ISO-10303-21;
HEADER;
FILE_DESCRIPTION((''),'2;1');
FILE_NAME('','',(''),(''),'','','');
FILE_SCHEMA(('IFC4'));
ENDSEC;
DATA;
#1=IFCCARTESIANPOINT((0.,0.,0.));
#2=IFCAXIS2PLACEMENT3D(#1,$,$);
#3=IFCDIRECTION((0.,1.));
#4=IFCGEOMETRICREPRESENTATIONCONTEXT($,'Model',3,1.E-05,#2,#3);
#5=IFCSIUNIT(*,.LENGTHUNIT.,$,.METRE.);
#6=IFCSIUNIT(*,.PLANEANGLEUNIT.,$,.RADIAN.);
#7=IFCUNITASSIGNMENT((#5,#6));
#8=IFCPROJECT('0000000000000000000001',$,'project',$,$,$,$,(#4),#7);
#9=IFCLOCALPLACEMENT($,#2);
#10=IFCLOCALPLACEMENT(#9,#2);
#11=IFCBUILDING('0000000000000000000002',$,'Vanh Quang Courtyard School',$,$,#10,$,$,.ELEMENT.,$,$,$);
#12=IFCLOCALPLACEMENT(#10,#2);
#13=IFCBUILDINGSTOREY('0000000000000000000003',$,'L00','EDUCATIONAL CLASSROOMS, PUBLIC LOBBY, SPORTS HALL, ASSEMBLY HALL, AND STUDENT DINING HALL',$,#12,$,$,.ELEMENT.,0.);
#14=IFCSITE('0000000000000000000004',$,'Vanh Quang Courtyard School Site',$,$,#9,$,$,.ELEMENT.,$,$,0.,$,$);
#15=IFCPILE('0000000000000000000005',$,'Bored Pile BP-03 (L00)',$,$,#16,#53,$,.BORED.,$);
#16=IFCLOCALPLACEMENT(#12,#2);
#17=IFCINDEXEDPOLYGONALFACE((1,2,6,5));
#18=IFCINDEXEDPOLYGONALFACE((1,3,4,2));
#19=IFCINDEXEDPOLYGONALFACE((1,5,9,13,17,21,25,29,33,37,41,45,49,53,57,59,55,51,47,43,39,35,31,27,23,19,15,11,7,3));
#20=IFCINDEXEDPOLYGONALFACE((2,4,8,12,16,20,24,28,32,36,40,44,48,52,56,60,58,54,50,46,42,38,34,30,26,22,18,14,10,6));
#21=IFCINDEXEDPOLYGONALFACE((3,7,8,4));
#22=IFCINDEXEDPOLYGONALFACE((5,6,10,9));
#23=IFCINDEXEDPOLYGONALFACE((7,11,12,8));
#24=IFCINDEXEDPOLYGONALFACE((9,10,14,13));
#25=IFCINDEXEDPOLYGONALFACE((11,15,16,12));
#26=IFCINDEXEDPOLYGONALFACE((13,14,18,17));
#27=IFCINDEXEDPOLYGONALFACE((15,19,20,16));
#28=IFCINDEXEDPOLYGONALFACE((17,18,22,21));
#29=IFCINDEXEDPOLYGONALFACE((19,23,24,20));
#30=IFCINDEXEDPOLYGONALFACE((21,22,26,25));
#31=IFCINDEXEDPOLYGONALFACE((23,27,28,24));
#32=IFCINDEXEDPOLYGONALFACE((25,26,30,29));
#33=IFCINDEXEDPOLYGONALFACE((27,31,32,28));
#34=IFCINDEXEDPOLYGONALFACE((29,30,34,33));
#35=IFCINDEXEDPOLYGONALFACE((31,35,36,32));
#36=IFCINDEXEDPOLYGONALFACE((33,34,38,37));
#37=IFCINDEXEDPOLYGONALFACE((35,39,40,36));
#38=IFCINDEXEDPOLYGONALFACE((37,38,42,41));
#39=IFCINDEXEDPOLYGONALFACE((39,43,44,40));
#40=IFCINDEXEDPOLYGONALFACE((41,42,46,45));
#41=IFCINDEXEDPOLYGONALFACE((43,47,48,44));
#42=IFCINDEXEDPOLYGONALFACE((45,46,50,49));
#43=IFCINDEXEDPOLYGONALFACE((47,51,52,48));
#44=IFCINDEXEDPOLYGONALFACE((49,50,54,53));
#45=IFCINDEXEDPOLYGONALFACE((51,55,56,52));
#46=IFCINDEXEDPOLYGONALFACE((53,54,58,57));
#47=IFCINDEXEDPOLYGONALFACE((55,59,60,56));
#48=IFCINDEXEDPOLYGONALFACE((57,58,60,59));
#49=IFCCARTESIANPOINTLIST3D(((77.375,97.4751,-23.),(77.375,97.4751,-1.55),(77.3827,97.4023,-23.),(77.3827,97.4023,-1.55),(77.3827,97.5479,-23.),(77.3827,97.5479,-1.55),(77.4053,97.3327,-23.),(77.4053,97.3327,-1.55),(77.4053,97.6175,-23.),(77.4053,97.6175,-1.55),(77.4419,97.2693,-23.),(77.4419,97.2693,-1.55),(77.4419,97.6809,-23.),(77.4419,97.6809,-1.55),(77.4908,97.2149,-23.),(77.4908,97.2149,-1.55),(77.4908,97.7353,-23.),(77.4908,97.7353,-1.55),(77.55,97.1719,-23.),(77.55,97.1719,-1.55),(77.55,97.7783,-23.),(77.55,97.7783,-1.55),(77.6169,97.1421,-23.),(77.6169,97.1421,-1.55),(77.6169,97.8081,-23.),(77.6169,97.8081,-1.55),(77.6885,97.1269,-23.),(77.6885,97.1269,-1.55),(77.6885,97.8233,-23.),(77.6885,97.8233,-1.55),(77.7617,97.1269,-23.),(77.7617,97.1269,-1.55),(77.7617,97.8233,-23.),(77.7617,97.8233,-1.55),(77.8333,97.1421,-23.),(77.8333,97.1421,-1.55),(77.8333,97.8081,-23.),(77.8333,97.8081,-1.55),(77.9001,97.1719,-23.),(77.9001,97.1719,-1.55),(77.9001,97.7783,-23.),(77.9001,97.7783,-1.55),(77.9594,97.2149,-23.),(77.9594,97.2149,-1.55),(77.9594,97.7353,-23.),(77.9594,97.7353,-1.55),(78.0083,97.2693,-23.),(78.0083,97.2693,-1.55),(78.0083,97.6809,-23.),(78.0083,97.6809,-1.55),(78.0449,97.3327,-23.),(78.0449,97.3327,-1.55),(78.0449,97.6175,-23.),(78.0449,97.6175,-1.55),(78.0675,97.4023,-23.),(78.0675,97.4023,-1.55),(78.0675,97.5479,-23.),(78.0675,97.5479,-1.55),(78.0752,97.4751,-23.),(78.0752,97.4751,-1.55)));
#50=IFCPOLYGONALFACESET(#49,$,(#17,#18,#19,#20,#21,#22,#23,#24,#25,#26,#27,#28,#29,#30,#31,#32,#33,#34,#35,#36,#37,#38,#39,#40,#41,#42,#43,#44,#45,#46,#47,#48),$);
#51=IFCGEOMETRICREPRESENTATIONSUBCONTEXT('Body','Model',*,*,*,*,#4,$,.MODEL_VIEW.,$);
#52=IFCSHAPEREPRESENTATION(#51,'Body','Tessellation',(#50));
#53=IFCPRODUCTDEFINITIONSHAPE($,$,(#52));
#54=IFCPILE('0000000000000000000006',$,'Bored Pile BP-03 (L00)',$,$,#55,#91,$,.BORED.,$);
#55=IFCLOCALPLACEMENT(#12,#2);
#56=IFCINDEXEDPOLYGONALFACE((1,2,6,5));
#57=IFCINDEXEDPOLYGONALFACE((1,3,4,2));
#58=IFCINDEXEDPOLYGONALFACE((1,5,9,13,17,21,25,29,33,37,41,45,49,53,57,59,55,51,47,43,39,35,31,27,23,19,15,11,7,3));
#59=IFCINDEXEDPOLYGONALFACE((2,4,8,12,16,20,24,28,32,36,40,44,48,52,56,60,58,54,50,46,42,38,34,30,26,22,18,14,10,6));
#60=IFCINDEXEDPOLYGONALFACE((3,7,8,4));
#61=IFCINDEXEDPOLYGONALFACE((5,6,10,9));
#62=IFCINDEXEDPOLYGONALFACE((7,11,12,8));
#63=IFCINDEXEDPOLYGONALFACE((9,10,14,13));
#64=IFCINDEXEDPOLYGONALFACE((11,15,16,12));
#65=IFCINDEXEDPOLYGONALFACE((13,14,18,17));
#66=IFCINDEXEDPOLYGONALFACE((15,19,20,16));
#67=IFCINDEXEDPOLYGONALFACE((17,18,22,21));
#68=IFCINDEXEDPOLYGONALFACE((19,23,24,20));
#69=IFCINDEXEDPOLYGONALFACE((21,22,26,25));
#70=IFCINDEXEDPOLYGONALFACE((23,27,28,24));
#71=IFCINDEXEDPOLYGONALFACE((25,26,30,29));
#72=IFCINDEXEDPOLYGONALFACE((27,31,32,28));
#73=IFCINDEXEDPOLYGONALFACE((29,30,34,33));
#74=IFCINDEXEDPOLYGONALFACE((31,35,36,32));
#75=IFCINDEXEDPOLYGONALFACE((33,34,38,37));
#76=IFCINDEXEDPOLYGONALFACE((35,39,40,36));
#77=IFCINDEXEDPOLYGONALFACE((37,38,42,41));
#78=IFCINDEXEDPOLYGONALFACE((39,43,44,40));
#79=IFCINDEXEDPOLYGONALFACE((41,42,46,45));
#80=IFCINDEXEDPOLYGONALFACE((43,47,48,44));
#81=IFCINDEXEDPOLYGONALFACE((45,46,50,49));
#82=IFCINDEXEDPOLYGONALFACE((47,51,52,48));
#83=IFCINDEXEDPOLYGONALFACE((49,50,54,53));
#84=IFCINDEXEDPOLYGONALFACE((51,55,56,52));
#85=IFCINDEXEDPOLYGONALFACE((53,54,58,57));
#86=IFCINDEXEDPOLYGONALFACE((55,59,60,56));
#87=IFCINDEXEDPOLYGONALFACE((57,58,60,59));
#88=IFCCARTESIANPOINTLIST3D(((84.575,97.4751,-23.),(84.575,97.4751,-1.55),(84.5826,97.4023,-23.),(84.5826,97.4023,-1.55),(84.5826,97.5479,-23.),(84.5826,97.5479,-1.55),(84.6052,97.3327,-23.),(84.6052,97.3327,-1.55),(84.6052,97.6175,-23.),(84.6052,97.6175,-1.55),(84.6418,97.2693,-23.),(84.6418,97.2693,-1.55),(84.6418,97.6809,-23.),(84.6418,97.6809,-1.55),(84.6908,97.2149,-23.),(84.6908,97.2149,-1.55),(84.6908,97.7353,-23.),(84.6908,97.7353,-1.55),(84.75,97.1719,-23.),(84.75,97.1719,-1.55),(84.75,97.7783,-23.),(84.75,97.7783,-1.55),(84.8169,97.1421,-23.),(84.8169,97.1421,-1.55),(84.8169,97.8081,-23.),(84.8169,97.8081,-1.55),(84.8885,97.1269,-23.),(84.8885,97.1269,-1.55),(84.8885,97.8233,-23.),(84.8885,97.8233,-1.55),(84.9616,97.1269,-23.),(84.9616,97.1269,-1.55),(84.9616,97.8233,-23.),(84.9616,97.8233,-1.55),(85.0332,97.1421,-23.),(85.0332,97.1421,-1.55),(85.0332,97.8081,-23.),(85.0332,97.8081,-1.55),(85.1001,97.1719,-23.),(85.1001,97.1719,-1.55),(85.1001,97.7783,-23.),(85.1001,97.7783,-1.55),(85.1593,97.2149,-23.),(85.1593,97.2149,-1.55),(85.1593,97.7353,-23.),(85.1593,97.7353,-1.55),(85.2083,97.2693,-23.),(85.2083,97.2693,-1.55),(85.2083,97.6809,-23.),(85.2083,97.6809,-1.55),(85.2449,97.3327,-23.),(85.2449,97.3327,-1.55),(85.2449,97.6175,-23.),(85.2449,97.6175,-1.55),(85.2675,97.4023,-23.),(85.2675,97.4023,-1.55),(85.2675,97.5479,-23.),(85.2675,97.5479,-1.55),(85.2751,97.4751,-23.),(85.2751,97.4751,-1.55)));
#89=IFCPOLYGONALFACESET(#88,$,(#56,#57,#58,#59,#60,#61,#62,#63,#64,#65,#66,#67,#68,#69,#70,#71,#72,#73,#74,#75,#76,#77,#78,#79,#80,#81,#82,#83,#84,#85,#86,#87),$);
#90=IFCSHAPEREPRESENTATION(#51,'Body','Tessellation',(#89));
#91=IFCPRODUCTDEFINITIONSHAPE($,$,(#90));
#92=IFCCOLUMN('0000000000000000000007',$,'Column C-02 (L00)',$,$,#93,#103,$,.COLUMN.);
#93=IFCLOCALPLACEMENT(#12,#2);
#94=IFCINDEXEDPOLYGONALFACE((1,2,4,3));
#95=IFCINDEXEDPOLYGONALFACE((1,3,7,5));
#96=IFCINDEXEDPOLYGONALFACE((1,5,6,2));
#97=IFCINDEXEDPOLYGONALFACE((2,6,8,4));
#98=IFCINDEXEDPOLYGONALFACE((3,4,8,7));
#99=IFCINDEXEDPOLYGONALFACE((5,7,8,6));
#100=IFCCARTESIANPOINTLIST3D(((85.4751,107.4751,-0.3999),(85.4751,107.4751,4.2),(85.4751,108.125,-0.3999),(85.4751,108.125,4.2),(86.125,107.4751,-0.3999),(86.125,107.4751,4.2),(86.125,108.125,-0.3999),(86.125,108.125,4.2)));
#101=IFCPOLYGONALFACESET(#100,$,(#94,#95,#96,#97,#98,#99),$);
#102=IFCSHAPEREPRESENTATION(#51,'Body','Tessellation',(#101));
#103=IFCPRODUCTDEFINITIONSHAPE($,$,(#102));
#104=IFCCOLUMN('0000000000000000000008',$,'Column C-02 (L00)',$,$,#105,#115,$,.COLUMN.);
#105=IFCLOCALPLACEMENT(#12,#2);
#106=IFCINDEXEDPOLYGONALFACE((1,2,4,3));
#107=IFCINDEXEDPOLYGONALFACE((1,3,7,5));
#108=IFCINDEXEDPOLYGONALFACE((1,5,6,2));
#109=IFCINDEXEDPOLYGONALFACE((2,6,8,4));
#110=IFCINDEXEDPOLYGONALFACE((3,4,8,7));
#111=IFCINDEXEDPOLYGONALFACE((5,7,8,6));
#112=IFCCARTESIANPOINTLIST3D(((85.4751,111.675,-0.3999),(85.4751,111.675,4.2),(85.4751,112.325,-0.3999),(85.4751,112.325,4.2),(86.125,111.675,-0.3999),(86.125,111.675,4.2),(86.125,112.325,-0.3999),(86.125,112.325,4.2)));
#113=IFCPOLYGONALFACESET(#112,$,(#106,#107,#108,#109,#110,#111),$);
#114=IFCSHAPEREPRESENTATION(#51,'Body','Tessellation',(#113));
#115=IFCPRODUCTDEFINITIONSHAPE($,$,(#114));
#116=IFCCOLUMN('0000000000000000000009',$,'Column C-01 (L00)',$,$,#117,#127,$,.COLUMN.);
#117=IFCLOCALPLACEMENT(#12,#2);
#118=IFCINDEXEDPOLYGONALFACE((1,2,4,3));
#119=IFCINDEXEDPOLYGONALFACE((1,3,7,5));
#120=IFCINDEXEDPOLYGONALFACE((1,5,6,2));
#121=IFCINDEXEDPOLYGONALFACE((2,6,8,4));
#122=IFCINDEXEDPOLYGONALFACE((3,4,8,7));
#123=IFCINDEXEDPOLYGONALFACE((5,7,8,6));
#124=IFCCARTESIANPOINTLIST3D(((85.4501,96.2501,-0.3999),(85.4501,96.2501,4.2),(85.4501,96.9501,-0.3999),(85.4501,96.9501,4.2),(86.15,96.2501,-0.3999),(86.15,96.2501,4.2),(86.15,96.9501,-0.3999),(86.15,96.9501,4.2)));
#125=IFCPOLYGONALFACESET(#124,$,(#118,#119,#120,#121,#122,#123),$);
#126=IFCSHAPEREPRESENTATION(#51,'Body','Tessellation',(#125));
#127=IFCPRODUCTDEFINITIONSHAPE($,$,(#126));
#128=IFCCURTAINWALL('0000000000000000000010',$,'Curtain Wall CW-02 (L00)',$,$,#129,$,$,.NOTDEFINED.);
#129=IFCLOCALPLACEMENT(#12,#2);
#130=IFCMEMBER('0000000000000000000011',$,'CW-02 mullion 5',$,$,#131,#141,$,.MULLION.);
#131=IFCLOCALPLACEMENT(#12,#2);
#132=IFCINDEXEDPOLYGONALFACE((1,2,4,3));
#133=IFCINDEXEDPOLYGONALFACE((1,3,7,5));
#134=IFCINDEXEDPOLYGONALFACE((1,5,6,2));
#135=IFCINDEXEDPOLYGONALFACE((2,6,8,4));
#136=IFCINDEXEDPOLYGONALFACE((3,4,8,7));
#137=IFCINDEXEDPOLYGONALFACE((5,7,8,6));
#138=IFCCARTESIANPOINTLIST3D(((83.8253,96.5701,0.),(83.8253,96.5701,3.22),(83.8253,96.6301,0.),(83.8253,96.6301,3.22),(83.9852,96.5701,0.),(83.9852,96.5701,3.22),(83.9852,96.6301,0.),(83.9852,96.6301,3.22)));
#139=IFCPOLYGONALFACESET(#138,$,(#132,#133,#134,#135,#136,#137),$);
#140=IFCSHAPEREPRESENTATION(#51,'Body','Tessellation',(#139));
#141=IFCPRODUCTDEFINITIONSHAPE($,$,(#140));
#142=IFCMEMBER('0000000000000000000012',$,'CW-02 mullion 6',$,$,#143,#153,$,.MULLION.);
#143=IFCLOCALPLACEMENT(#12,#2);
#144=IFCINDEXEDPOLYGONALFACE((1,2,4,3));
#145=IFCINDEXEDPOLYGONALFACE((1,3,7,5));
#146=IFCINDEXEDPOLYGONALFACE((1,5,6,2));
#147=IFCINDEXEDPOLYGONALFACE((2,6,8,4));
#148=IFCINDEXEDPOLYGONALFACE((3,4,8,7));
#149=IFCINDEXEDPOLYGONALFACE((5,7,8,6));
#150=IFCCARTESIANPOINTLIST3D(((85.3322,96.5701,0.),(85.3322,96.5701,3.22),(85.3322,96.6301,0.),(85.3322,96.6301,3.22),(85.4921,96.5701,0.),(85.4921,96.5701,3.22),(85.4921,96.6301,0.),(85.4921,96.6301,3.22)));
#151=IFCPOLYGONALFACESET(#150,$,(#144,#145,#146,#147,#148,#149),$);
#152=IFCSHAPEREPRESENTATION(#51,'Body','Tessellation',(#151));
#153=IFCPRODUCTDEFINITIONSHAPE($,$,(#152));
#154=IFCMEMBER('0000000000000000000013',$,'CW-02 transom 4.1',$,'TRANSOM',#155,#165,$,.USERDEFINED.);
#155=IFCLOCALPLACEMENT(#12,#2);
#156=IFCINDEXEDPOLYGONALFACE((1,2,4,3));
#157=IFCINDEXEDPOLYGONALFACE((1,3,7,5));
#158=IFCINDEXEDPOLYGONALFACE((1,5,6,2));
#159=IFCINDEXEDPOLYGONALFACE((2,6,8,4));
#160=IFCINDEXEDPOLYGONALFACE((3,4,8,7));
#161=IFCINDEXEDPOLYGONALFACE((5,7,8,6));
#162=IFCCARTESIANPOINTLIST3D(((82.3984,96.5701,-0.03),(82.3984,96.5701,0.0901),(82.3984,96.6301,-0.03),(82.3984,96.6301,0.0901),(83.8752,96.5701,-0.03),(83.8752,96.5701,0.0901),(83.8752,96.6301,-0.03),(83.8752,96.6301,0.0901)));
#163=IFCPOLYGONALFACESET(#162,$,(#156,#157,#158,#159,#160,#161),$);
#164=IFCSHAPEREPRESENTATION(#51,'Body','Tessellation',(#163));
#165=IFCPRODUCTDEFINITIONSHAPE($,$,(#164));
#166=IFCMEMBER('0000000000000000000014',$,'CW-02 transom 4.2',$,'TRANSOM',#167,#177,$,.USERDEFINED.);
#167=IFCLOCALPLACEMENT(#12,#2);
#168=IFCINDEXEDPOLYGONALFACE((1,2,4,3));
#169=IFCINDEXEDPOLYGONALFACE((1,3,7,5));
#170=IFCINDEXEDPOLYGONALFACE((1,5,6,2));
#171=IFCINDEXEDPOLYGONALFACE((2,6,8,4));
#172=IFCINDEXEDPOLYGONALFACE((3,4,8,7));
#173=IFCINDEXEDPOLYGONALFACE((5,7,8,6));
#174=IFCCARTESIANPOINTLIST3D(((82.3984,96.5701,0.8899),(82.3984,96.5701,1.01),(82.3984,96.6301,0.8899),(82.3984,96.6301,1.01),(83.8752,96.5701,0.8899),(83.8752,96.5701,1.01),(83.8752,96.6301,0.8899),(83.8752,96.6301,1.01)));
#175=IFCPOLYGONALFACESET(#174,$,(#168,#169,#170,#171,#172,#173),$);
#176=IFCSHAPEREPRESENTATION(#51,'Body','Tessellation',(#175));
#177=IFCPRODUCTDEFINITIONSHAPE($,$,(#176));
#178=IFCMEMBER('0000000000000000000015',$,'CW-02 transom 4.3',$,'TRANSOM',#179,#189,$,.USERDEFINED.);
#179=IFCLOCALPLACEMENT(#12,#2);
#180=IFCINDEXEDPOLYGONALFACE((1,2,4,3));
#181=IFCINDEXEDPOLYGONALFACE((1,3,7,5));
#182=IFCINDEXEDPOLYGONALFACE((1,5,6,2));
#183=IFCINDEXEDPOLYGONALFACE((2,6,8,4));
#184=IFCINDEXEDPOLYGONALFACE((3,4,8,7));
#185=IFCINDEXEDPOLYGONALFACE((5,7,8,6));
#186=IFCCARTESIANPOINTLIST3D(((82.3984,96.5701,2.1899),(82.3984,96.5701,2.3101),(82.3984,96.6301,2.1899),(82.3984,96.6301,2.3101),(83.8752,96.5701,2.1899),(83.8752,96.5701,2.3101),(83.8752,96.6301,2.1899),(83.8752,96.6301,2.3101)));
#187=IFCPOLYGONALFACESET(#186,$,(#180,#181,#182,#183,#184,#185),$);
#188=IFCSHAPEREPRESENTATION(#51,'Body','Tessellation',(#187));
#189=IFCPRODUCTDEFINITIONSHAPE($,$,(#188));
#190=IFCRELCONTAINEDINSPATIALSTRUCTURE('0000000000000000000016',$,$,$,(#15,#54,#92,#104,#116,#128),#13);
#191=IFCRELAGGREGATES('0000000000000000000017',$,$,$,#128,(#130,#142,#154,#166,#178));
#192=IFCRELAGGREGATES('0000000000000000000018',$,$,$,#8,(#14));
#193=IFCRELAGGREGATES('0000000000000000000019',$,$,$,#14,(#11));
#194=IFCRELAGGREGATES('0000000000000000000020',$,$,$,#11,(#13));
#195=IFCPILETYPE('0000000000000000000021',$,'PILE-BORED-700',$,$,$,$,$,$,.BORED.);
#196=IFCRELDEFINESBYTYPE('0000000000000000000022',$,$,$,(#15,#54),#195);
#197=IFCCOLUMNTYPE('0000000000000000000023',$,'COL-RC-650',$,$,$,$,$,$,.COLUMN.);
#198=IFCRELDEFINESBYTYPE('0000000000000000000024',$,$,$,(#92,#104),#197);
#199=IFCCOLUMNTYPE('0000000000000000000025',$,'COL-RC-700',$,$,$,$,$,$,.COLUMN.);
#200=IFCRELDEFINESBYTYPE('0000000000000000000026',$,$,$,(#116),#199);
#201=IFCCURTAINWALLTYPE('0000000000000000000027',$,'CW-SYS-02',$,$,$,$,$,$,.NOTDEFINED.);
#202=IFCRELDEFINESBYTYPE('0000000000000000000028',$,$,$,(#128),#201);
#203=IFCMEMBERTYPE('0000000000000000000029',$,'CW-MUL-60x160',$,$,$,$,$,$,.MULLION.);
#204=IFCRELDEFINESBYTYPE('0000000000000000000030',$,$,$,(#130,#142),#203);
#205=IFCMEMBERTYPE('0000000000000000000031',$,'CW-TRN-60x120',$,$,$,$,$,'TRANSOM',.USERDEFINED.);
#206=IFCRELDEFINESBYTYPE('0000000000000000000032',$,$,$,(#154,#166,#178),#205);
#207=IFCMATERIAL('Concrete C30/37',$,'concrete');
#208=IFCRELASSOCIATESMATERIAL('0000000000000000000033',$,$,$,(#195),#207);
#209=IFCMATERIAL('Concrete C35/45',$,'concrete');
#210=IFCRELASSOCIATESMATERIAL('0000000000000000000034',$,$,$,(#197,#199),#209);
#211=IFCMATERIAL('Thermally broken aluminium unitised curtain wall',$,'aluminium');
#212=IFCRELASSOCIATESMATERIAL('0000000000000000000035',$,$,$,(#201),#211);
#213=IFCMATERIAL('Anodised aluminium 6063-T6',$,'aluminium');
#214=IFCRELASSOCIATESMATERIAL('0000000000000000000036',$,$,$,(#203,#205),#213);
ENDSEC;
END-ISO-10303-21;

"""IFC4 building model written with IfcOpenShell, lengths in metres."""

from ifc_helpers import new_model, si_unit, direction, frame, origin, origin_2d, place, context, subcontext, project, spatial, rectangle, circle, extrude, material, material_profile, profile_set, type_object, element, aggregate, save


model = new_model("IFC4")

# Units and contexts
model_context = context("Model", 3, precision=1e-05, world=origin(), true_north=direction((0.0, 1.0)))
body_context = subcontext(model_context, "Body", "Model", "MODEL_VIEW")
ifc_project = project(units=[si_unit("LENGTHUNIT", "METRE"), si_unit("PLANEANGLEUNIT", "RADIAN")], contexts=[model_context])

# Site, building, storey
site_placement = place(None, origin())
site = spatial("IfcSite", under=ifc_project, at=site_placement, Name="Vanh Quang Courtyard School Site", CompositionType="ELEMENT", RefElevation=0.0)
building_placement = place(site_placement, origin())
building = spatial("IfcBuilding", under=site, at=building_placement, Name="Vanh Quang Courtyard School", CompositionType="ELEMENT")
storey_placement = place(building_placement, origin())
storey = spatial("IfcBuildingStorey", under=building, at=storey_placement, Name="L00", Description="EDUCATIONAL CLASSROOMS, PUBLIC LOBBY, SPORTS HALL, ASSEMBLY HALL, AND STUDENT DINING HALL", CompositionType="ELEMENT", Elevation=0.0)

# Shared definitions
ifc_material_1 = material(Name="Concrete C35/45", Category="concrete")

# Piles
ifc_material_2 = material(Name="Concrete C30/37", Category="concrete")
ifc_material_profile_1 = material_profile(ifc_material_2, circle(Radius=0.3501, at=origin_2d()), Name="PILE D700")
ifc_profile_set_1 = profile_set([ifc_material_profile_1], Name="Concrete C30/37")
pile_type_1 = type_object("IfcPileType", Name="PILE-BORED-700", PredefinedType="BORED", material=ifc_profile_set_1)
for number, where, z_axis, x_axis, name in (
    (1, (77.7251, 97.4751, -1.55), (0.0, 0.0, -1.0), (1.0, 0.0, 0.0), "Bored Pile BP-03 (L00)"),
    (2, (84.925, 97.4751, -1.55), (0.0, 0.0, -1.0), (1.0, 0.0, 0.0), "Bored Pile BP-03 (L00)"),
):
    element("IfcPile", number, at=place(storey_placement, frame(where, z_axis=z_axis, x_axis=x_axis)), inside=storey, type_object=pile_type_1, Name=name, PredefinedType="BORED", context=body_context, shape_type="SweptSolid", body=[
        extrude(circle(Radius=0.3501, at=origin_2d()), origin(), (0.0, 0.0, 1.0), 21.45),
    ])

# Columns
ifc_material_profile_2 = material_profile(ifc_material_1, rectangle(XDim=0.6499, YDim=0.6499, at=origin_2d()), Name="RC-COL 650x650")
ifc_profile_set_2 = profile_set([ifc_material_profile_2], Name="Concrete C35/45")
column_type_1 = type_object("IfcColumnType", Name="COL-RC-650", PredefinedType="COLUMN", material=ifc_profile_set_2)
for number, where, z_axis, x_axis, name in (
    (3, (85.8, 107.8, -0.3999), (0.0, 0.0, 1.0), (1.0, 0.0, 0.0), "Column C-02 (L00)"),
    (4, (85.8, 112.0, -0.3999), (0.0, 0.0, 1.0), (1.0, 0.0, 0.0), "Column C-02 (L00)"),
):
    element("IfcColumn", number, at=place(storey_placement, frame(where, z_axis=z_axis, x_axis=x_axis)), inside=storey, type_object=column_type_1, Name=name, PredefinedType="COLUMN", context=body_context, shape_type="SweptSolid", body=[
        extrude(rectangle(XDim=0.6499, YDim=0.6499, at=origin_2d()), origin(), (0.0, 0.0, 1.0), 4.5999),
    ])
ifc_material_profile_3 = material_profile(ifc_material_1, rectangle(XDim=0.7, YDim=0.7, at=origin_2d()), Name="RC-COL 700x700")
ifc_profile_set_3 = profile_set([ifc_material_profile_3], Name="Concrete C35/45")
column_type_2 = type_object("IfcColumnType", Name="COL-RC-700", PredefinedType="COLUMN", material=ifc_profile_set_3)
column_placement = place(storey_placement, frame((85.8, 96.6001, -0.3999), z_axis=(0.0, 0.0, 1.0), x_axis=(1.0, 0.0, 0.0)))
element("IfcColumn", 5, at=column_placement, inside=storey, type_object=column_type_2, Name="Column C-01 (L00)", PredefinedType="COLUMN", context=body_context, shape_type="SweptSolid", body=[
    extrude(rectangle(XDim=0.7, YDim=0.7, at=origin_2d()), origin(), (0.0, 0.0, 1.0), 4.5999),
])

# Curtain wall, members
ifc_material_3 = material(Name="Thermally broken aluminium unitised curtain wall", Category="aluminium")
curtain_wall_type = type_object("IfcCurtainWallType", Name="CW-SYS-02", PredefinedType="NOTDEFINED", material=ifc_material_3)
curtain_wall_placement = place(storey_placement, origin())
curtain_wall = element("IfcCurtainWall", 6, at=curtain_wall_placement, inside=storey, type_object=curtain_wall_type, Name="Curtain Wall CW-02 (L00)", PredefinedType="NOTDEFINED")
ifc_material_4 = material(Name="Anodised aluminium 6063-T6", Category="aluminium")
ifc_material_profile_4 = material_profile(ifc_material_4, rectangle(XDim=0.0601, YDim=0.1599, at=origin_2d()), Name="ALU-MUL 60x160")
ifc_profile_set_4 = profile_set([ifc_material_profile_4], Name="Anodised aluminium 6063-T6")
member_type_1 = type_object("IfcMemberType", Name="CW-MUL-60x160", PredefinedType="MULLION", material=ifc_profile_set_4)
member_1_placement = place(storey_placement, frame((83.9053, 96.6001, 0.0), z_axis=(0.0, 0.0, 1.0), x_axis=(0.0, 1.0, 0.0)))
member_1 = element("IfcMember", 7, at=member_1_placement, type_object=member_type_1, Name="CW-02 mullion 5", PredefinedType="MULLION", context=body_context, shape_type="SweptSolid", body=[
    extrude(rectangle(XDim=0.0601, YDim=0.1599, at=origin_2d()), origin(), (0.0, 0.0, 1.0), 3.22),
])
member_2_placement = place(storey_placement, frame((85.4121, 96.6001, 0.0), z_axis=(0.0, 0.0, 1.0), x_axis=(0.0, 1.0, 0.0)))
member_2 = element("IfcMember", 8, at=member_2_placement, type_object=member_type_1, Name="CW-02 mullion 6", PredefinedType="MULLION", context=body_context, shape_type="SweptSolid", body=[
    extrude(rectangle(XDim=0.0601, YDim=0.1599, at=origin_2d()), origin(), (0.0, 0.0, 1.0), 3.22),
])
ifc_material_profile_5 = material_profile(ifc_material_4, rectangle(XDim=0.0601, YDim=0.1201, at=origin_2d()), Name="ALU-TRN 60x120")
ifc_profile_set_5 = profile_set([ifc_material_profile_5], Name="Anodised aluminium 6063-T6")
member_type_2 = type_object("IfcMemberType", Name="CW-TRN-60x120", ElementType="TRANSOM", PredefinedType="USERDEFINED", material=ifc_profile_set_5)
member_3_placement = place(storey_placement, frame((82.3984, 96.6001, 0.03), z_axis=(1.0, 0.0, 0.0), x_axis=(0.0, 1.0, 0.0)))
member_3 = element("IfcMember", 9, at=member_3_placement, type_object=member_type_2, Name="CW-02 transom 4.1", ObjectType="TRANSOM", PredefinedType="USERDEFINED", context=body_context, shape_type="SweptSolid", body=[
    extrude(rectangle(XDim=0.0601, YDim=0.1201, at=origin_2d()), origin(), (0.0, 0.0, 1.0), 1.4768),
])
member_4_placement = place(storey_placement, frame((82.3984, 96.6001, 0.95), z_axis=(1.0, 0.0, 0.0), x_axis=(0.0, 1.0, 0.0)))
member_4 = element("IfcMember", 10, at=member_4_placement, type_object=member_type_2, Name="CW-02 transom 4.2", ObjectType="TRANSOM", PredefinedType="USERDEFINED", context=body_context, shape_type="SweptSolid", body=[
    extrude(rectangle(XDim=0.0601, YDim=0.1201, at=origin_2d()), origin(), (0.0, 0.0, 1.0), 1.4768),
])
member_5_placement = place(storey_placement, frame((82.3984, 96.6001, 2.25), z_axis=(1.0, 0.0, 0.0), x_axis=(0.0, 1.0, 0.0)))
member_5 = element("IfcMember", 11, at=member_5_placement, type_object=member_type_2, Name="CW-02 transom 4.3", ObjectType="TRANSOM", PredefinedType="USERDEFINED", context=body_context, shape_type="SweptSolid", body=[
    extrude(rectangle(XDim=0.0601, YDim=0.1201, at=origin_2d()), origin(), (0.0, 0.0, 1.0), 1.4768),
])
aggregate(curtain_wall, [member_1, member_2, member_3, member_4, member_5])

save(model, "model.ifc")
